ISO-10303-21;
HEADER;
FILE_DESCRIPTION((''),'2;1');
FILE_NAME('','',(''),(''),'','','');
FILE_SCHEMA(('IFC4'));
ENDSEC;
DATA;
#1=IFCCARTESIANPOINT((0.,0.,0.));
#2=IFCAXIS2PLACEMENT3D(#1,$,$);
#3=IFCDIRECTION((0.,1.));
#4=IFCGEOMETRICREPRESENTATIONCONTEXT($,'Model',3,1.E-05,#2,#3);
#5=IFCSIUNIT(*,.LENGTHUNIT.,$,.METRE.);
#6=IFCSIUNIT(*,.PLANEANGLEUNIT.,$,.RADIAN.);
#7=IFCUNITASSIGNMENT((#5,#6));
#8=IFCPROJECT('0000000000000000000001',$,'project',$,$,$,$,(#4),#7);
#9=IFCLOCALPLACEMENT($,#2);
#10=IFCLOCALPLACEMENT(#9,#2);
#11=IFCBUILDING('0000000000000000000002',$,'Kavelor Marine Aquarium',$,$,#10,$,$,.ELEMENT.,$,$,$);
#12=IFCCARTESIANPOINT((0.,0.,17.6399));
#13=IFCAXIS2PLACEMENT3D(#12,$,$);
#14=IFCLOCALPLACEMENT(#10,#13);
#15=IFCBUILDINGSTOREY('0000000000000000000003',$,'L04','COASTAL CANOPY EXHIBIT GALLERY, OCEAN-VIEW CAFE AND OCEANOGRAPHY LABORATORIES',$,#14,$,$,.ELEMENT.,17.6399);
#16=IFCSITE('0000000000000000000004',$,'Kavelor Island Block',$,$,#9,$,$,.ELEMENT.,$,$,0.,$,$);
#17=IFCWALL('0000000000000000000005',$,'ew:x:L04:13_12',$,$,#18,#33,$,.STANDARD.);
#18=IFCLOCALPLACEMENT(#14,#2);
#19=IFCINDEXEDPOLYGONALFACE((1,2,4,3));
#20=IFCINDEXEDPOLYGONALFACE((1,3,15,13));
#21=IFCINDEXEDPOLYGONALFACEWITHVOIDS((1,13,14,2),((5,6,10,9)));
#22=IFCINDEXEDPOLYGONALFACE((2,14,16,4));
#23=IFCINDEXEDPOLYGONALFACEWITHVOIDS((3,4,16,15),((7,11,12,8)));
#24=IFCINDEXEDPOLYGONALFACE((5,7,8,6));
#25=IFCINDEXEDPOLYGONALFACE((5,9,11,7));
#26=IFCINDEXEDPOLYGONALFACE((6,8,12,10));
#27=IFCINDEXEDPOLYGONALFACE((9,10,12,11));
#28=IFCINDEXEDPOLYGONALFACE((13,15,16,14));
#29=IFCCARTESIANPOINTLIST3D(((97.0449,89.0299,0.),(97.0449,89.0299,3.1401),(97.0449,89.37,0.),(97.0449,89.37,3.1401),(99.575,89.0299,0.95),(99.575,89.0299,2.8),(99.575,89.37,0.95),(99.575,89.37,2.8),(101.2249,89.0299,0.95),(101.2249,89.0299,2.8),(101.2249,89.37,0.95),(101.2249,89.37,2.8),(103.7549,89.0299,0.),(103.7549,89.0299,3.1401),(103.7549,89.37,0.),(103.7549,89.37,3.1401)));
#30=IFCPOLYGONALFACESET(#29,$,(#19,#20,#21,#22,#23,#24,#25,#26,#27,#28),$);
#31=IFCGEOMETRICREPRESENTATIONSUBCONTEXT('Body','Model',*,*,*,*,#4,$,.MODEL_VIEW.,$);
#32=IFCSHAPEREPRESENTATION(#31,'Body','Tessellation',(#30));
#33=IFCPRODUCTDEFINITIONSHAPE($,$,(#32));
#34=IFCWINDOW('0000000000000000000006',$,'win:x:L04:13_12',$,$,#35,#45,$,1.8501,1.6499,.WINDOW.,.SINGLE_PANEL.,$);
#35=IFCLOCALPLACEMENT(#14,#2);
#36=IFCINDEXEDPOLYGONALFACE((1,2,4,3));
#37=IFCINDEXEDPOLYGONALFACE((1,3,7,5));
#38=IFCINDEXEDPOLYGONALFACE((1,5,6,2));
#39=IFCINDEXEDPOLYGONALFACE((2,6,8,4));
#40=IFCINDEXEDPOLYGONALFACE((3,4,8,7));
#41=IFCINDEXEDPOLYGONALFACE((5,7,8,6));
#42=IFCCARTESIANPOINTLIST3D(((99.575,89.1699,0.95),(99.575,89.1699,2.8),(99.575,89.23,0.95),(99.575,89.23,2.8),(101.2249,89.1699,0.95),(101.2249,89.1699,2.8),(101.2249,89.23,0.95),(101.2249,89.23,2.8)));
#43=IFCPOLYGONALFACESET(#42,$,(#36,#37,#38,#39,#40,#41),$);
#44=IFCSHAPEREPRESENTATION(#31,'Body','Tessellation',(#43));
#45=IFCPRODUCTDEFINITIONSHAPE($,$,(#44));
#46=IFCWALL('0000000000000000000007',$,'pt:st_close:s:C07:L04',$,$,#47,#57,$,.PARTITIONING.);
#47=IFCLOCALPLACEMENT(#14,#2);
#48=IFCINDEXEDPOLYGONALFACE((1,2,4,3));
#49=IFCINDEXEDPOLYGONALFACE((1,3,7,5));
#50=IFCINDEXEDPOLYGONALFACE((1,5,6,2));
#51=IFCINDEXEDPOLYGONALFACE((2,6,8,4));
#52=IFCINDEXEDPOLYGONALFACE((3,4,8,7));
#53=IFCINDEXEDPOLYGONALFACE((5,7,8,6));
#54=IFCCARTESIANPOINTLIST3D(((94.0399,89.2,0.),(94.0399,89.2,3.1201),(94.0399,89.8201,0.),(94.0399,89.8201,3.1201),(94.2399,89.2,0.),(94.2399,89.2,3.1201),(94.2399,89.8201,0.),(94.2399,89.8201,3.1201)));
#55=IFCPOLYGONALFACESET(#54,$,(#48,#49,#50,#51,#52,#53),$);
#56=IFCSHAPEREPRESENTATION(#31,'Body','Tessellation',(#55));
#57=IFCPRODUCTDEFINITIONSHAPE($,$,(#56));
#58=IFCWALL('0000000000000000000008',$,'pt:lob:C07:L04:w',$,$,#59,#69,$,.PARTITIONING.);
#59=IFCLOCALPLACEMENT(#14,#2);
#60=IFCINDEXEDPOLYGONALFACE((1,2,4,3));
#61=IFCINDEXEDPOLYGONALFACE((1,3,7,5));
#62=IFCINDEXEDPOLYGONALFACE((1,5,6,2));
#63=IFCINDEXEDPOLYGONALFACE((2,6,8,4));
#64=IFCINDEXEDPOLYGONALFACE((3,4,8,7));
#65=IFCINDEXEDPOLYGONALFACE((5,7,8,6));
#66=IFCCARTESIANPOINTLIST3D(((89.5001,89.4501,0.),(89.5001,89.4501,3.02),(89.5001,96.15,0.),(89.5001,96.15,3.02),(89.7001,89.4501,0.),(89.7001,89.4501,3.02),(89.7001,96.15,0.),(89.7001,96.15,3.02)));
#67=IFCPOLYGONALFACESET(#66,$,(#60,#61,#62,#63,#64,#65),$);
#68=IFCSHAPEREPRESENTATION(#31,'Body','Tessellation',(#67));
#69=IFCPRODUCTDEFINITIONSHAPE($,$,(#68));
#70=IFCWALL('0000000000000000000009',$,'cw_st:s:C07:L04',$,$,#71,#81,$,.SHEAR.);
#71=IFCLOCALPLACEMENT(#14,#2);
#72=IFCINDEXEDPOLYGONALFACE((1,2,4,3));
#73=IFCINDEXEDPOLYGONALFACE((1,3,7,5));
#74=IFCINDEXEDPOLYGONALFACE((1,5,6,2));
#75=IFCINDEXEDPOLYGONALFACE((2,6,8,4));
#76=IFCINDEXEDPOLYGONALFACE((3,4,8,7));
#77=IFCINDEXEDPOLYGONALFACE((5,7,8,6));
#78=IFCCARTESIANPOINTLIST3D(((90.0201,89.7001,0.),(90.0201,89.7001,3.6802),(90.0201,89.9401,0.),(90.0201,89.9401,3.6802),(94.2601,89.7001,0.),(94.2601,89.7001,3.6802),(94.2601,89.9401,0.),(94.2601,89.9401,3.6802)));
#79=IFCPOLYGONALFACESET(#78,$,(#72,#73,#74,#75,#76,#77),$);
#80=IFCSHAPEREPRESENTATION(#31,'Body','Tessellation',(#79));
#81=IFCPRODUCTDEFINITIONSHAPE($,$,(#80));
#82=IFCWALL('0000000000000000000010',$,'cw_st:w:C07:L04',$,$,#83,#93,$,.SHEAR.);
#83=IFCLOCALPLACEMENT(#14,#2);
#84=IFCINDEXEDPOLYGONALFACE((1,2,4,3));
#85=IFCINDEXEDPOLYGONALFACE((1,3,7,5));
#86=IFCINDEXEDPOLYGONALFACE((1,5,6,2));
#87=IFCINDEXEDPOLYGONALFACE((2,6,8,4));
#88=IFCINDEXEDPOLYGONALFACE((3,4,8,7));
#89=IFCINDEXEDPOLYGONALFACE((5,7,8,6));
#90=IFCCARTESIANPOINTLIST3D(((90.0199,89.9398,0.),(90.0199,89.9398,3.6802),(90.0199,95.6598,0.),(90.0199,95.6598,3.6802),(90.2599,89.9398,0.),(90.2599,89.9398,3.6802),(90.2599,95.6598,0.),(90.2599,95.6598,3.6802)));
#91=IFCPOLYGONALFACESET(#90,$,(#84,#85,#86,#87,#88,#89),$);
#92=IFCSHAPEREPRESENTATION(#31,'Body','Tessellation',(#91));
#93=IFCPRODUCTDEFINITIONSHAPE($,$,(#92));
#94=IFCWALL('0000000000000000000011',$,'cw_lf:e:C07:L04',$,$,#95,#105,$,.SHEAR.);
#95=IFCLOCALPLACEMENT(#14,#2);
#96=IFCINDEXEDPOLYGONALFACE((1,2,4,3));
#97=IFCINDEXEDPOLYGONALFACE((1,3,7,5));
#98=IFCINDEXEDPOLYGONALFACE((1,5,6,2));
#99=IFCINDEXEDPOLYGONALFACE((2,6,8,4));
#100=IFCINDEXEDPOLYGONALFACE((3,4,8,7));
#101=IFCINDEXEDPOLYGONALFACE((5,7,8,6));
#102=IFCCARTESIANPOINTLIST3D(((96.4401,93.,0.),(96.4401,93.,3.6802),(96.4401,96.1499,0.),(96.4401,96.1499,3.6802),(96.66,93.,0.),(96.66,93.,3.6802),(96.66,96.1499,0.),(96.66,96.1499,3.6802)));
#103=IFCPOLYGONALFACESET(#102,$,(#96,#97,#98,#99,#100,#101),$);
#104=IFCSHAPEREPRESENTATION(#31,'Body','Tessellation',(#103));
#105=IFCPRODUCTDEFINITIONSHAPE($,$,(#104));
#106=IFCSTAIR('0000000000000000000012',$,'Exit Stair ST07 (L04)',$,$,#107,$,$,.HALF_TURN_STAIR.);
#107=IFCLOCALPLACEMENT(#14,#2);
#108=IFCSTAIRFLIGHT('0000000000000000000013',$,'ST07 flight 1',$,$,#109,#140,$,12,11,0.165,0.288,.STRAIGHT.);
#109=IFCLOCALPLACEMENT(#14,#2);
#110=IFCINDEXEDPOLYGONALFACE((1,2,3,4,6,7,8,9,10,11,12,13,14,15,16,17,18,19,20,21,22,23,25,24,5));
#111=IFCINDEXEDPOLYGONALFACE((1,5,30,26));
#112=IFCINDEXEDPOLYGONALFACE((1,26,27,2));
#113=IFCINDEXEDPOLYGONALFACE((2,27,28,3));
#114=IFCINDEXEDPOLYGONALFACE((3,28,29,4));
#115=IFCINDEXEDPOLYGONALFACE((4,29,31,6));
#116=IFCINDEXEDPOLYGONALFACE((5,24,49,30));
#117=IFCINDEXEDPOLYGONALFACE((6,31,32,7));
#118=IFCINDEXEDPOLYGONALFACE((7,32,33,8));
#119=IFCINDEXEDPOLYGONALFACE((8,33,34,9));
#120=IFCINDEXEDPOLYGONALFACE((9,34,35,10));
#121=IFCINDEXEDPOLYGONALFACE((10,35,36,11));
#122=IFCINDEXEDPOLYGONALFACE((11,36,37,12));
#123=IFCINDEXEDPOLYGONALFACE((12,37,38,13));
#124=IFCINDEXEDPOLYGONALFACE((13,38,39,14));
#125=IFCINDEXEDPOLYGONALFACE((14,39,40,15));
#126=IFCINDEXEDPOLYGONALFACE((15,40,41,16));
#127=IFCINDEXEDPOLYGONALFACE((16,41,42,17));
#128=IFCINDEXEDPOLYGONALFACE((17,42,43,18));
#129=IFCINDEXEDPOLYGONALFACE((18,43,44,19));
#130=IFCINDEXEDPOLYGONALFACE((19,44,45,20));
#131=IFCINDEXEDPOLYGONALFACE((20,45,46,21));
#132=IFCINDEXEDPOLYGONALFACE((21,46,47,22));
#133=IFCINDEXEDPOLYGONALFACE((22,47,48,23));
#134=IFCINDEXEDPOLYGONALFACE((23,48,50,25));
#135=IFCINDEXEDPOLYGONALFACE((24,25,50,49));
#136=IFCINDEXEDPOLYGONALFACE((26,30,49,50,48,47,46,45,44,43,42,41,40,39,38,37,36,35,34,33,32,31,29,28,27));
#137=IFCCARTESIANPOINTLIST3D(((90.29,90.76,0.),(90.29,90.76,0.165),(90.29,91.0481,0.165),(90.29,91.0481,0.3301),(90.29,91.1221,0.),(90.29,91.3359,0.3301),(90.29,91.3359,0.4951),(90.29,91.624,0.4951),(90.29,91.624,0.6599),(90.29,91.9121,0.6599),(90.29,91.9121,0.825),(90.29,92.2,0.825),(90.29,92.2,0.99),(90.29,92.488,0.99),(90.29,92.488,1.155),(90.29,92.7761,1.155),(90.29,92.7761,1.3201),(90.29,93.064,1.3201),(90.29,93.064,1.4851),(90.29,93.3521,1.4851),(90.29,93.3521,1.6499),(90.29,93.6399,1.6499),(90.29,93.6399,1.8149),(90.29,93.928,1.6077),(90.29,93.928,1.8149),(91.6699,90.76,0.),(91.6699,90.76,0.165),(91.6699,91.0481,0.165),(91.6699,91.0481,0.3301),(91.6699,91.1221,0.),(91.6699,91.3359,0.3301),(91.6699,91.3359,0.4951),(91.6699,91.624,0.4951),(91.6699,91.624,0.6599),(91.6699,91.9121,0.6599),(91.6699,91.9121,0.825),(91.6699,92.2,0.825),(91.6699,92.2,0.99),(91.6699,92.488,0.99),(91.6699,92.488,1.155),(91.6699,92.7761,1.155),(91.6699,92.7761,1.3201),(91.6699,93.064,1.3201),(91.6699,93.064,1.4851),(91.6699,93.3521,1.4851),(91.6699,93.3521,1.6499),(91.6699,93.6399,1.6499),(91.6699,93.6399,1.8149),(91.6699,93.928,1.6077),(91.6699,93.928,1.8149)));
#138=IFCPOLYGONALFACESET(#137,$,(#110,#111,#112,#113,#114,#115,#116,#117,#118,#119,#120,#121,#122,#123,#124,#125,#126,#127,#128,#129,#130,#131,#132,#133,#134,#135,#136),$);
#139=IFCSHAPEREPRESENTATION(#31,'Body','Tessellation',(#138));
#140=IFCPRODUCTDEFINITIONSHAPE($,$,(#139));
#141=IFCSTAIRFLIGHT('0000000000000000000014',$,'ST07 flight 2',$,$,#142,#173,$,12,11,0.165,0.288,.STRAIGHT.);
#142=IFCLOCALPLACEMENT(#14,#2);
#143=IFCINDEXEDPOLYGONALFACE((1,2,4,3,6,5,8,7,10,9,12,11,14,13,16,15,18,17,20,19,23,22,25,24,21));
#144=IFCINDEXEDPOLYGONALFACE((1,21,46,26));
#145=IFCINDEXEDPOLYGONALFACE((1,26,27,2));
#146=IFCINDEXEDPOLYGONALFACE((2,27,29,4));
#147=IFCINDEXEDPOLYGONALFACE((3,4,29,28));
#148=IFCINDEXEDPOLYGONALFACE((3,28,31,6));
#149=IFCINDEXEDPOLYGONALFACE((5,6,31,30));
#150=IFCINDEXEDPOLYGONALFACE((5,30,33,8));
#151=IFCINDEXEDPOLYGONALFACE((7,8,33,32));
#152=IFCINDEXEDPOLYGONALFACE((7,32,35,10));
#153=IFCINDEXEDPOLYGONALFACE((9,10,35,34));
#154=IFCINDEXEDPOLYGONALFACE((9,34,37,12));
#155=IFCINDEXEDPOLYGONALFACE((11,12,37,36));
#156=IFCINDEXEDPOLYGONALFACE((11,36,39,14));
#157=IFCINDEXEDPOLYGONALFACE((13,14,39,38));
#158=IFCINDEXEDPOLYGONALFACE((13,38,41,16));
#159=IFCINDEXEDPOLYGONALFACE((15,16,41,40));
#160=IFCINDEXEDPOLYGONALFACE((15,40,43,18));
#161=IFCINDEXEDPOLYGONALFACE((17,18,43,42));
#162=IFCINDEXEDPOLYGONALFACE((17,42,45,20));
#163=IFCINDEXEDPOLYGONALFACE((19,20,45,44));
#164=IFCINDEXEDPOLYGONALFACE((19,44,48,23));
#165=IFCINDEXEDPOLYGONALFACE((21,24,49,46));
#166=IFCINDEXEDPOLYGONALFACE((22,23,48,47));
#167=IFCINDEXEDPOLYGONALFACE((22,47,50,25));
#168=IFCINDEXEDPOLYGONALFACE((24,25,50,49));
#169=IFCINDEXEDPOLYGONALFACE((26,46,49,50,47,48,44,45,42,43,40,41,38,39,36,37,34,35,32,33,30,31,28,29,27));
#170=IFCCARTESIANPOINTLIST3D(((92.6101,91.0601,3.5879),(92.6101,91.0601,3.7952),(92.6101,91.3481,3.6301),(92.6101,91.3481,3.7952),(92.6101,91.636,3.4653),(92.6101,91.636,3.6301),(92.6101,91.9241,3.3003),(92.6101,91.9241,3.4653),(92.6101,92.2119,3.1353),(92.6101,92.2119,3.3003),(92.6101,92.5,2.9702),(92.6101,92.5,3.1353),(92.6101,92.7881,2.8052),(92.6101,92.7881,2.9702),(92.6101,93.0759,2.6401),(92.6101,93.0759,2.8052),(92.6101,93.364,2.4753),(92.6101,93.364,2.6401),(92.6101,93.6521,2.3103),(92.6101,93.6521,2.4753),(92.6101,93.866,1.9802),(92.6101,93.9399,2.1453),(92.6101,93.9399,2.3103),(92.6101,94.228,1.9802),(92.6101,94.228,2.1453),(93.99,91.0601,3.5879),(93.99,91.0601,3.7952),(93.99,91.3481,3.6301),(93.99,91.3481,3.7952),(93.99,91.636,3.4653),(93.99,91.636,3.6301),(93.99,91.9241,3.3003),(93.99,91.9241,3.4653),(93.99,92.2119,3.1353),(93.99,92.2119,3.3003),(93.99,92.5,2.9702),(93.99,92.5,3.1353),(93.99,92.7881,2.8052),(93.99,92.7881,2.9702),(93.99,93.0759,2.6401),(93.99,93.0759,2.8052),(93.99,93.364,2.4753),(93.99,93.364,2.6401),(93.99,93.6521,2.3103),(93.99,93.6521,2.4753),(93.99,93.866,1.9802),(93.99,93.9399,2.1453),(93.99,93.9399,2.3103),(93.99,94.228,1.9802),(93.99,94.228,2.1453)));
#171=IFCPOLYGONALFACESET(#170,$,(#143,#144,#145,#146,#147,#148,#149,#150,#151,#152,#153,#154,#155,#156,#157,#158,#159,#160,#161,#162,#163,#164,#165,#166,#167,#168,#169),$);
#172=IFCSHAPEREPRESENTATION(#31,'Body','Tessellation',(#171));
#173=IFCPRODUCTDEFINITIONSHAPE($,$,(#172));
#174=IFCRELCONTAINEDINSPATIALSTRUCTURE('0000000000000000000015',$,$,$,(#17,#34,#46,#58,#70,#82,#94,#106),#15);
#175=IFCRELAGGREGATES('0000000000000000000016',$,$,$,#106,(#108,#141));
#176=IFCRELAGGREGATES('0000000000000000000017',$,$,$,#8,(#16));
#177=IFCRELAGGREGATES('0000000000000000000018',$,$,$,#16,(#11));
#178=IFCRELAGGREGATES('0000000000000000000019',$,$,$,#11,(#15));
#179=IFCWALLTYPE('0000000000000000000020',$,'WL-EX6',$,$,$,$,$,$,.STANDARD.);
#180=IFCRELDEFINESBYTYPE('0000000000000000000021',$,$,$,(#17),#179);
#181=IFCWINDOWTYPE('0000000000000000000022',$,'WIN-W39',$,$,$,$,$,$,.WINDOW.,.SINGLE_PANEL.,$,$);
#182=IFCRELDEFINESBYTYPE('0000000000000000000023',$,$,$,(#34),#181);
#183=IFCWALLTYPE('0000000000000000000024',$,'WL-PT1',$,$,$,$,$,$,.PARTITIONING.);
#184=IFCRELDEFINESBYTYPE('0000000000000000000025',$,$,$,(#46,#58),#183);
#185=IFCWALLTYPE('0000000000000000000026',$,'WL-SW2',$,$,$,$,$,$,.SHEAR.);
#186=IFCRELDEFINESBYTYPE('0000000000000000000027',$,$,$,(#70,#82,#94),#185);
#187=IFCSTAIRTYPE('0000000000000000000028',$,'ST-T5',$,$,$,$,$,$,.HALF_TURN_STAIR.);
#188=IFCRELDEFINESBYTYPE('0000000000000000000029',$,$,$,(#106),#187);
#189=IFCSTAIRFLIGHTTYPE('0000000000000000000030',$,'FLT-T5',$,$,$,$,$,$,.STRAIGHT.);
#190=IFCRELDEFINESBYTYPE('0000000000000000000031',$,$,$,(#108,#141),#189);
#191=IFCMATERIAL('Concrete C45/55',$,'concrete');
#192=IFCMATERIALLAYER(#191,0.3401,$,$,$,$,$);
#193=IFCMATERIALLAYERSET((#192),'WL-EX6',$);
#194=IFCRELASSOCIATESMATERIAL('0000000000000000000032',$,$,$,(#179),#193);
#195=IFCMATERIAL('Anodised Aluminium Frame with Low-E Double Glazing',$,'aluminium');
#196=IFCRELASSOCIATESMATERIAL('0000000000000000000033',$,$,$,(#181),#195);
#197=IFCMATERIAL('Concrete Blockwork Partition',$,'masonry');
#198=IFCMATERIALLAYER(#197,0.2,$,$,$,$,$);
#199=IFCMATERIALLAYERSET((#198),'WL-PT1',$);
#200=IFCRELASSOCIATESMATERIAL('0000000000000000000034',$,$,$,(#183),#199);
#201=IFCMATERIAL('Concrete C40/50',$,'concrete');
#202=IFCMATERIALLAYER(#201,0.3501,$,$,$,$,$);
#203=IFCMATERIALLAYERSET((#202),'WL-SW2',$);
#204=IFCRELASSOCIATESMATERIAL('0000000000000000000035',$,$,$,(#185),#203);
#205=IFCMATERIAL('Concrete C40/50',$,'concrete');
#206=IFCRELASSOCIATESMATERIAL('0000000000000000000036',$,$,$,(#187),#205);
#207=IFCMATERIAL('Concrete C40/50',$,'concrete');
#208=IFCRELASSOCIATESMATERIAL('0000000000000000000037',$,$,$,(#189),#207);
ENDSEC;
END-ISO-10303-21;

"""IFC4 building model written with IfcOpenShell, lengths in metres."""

from ifc_helpers import new_model, si_unit, direction, frame, frame_2d, origin, place, context, subcontext, project, spatial, polyline, rectangle, outline, extrude, material, layer, layer_set, type_object, element, fill, aggregate, save


model = new_model("IFC4")

# Units and contexts
model_context = context("Model", 3, precision=1e-05, world=origin(), true_north=direction((0.0, 1.0)))
body_context = subcontext(model_context, "Body", "Model", "MODEL_VIEW")
ifc_project = project(units=[si_unit("LENGTHUNIT", "METRE"), si_unit("PLANEANGLEUNIT", "RADIAN")], contexts=[model_context])

# Site, building, storey
site_placement = place(None, origin())
site = spatial("IfcSite", under=ifc_project, at=site_placement, Name="Kavelor Island Block", CompositionType="ELEMENT", RefElevation=0.0)
building_placement = place(site_placement, origin())
building = spatial("IfcBuilding", under=site, at=building_placement, Name="Kavelor Marine Aquarium", CompositionType="ELEMENT")
storey_placement = place(building_placement, frame((0.0, 0.0, 17.6399)))
storey = spatial("IfcBuildingStorey", under=building, at=storey_placement, Name="L04", Description="COASTAL CANOPY EXHIBIT GALLERY, OCEAN-VIEW CAFE AND OCEANOGRAPHY LABORATORIES", CompositionType="ELEMENT", Elevation=17.6399)

# Wall, opening, window
ifc_material_1 = material(Name="Concrete C45/55", Category="concrete")
ifc_layer_1 = layer(ifc_material_1, 0.3401)
ifc_layer_set_1 = layer_set([ifc_layer_1], Name="WL-EX6")
wall_type_1 = type_object("IfcWallType", Name="WL-EX6", PredefinedType="STANDARD", material=ifc_layer_set_1)
wall_1_placement = place(storey_placement, frame((103.7549, 89.2, 0.0), z_axis=(0.0, 0.0, 1.0), x_axis=(-1.0, 0.0, 0.0)))
wall_1 = element("IfcWall", 1, at=wall_1_placement, inside=storey, type_object=wall_type_1, Name="ew:x:L04:13_12", PredefinedType="STANDARD", context=body_context, shape_type="SweptSolid", body=[
    extrude(rectangle(XDim=6.71, YDim=0.3401, at=frame_2d((3.355, 0.0))), origin(), (0.0, 0.0, 1.0), 3.1401),
])
opening_1_placement = place(wall_1_placement, frame((2.53, 0.0, 0.95)))
opening_1 = element("IfcOpeningElement", 2, at=opening_1_placement, cuts=wall_1, PredefinedType="OPENING", context=body_context, shape_type="SweptSolid", body=[
    extrude(rectangle(XDim=1.6499, YDim=1.8501, at=frame_2d((0.825, 0.925))), frame((0.0, 0.1799, 0.0), z_axis=(0.0, -1.0, 0.0), x_axis=(1.0, 0.0, 0.0)), (0.0, 0.0, 1.0), 0.3601),
])
ifc_material_2 = material(Name="Anodised Aluminium Frame with Low-E Double Glazing", Category="aluminium")
window_type_1 = type_object("IfcWindowType", Name="WIN-W39", PartitioningType="SINGLE_PANEL", PredefinedType="WINDOW", material=ifc_material_2)
window_1_placement = place(opening_1_placement, origin())
window_1 = element("IfcWindow", 3, at=window_1_placement, inside=storey, type_object=window_type_1, Name="win:x:L04:13_12", OverallHeight=1.8501, OverallWidth=1.6499, PartitioningType="SINGLE_PANEL", PredefinedType="WINDOW", context=body_context, shape_type="SweptSolid", body=[
    extrude(rectangle(XDim=1.6499, YDim=1.8501, at=frame_2d((0.825, 0.925))), frame((0.0, 0.03, 0.0), z_axis=(0.0, -1.0, 0.0), x_axis=(1.0, 0.0, 0.0)), (0.0, 0.0, 1.0), 0.0601),
])
fill(opening_1, window_1)

# Walls
ifc_material_3 = material(Name="Concrete Blockwork Partition", Category="masonry")
ifc_layer_2 = layer(ifc_material_3, 0.2)
ifc_layer_set_2 = layer_set([ifc_layer_2], Name="WL-PT1")
wall_type_2 = type_object("IfcWallType", Name="WL-PT1", PredefinedType="PARTITIONING", material=ifc_layer_set_2)
wall_2_placement = place(storey_placement, frame((94.1399, 89.2, 0.0), z_axis=(0.0, 0.0, 1.0), x_axis=(0.0, 1.0, 0.0)))
element("IfcWall", 4, at=wall_2_placement, inside=storey, type_object=wall_type_2, Name="pt:st_close:s:C07:L04", PredefinedType="PARTITIONING", context=body_context, shape_type="SweptSolid", body=[
    extrude(rectangle(XDim=0.6201, YDim=0.2, at=frame_2d((0.3101, 0.0))), origin(), (0.0, 0.0, 1.0), 3.1201),
])
wall_3_placement = place(storey_placement, frame((89.6001, 89.45, 0.0), z_axis=(0.0, 0.0, 1.0), x_axis=(0.0, 1.0, 0.0)))
element("IfcWall", 5, at=wall_3_placement, inside=storey, type_object=wall_type_2, Name="pt:lob:C07:L04:w", PredefinedType="PARTITIONING", context=body_context, shape_type="SweptSolid", body=[
    extrude(rectangle(XDim=6.7, YDim=0.2, at=frame_2d((3.3501, 0.0))), origin(), (0.0, 0.0, 1.0), 3.02),
])

# Walls
ifc_material_4 = material(Name="Concrete C40/50", Category="concrete")
ifc_layer_3 = layer(ifc_material_4, 0.3501)
ifc_layer_set_3 = layer_set([ifc_layer_3], Name="WL-SW2")
wall_type_3 = type_object("IfcWallType", Name="WL-SW2", PredefinedType="SHEAR", material=ifc_layer_set_3)
wall_4_placement = place(storey_placement, frame((90.02, 89.8201, 0.0), z_axis=(0.0, 0.0, 1.0), x_axis=(1.0, 0.0, 0.0)))
element("IfcWall", 6, at=wall_4_placement, inside=storey, type_object=wall_type_3, Name="cw_st:s:C07:L04", PredefinedType="SHEAR", context=body_context, shape_type="SweptSolid", body=[
    extrude(rectangle(XDim=4.24, YDim=0.24, at=frame_2d((2.1201, 0.0))), origin(), (0.0, 0.0, 1.0), 3.6802),
])
wall_5_placement = place(storey_placement, frame((90.1399, 89.9399, 0.0), z_axis=(0.0, 0.0, 1.0), x_axis=(0.0, 1.0, 0.0)))
element("IfcWall", 7, at=wall_5_placement, inside=storey, type_object=wall_type_3, Name="cw_st:w:C07:L04", PredefinedType="SHEAR", context=body_context, shape_type="SweptSolid", body=[
    extrude(rectangle(XDim=5.72, YDim=0.24, at=frame_2d((2.8599, 0.0))), origin(), (0.0, 0.0, 1.0), 3.6802),
])

# Wall
wall_6_placement = place(storey_placement, frame((96.55, 93.0, 0.0), z_axis=(0.0, 0.0, 1.0), x_axis=(0.0, 1.0, 0.0)))
element("IfcWall", 8, at=wall_6_placement, inside=storey, type_object=wall_type_3, Name="cw_lf:e:C07:L04", PredefinedType="SHEAR", context=body_context, shape_type="SweptSolid", body=[
    extrude(rectangle(XDim=3.1499, YDim=0.22, at=frame_2d((1.575, 0.0))), origin(), (0.0, 0.0, 1.0), 3.6802),
])

# Stair, stair flights
ifc_material_5 = material(Name="Concrete C40/50", Category="concrete")
stair_type = type_object("IfcStairType", Name="ST-T5", PredefinedType="HALF_TURN_STAIR", material=ifc_material_5)
stair_placement = place(storey_placement, origin())
stair = element("IfcStair", 9, at=stair_placement, inside=storey, type_object=stair_type, Name="Exit Stair ST07 (L04)", PredefinedType="HALF_TURN_STAIR")
ifc_material_6 = material(Name="Concrete C40/50", Category="concrete")
stair_flight_type = type_object("IfcStairFlightType", Name="FLT-T5", PredefinedType="STRAIGHT", material=ifc_material_6)
stair_flight_1_placement = place(storey_placement, frame((90.98, 90.76, 0.0), z_axis=(0.0, 0.0, 1.0), x_axis=(0.0, 1.0, 0.0)))
stair_flight_1 = element("IfcStairFlight", 10, at=stair_flight_1_placement, type_object=stair_flight_type, Name="ST07 flight 1", NumberOfRisers=12, NumberOfTreads=11, PredefinedType="STRAIGHT", RiserHeight=0.165, TreadLength=0.288, context=body_context, shape_type="SweptSolid", body=[
    extrude(outline(polyline([(0.0, 0.0), (0.0, 0.165), (0.2881, 0.165), (0.2881, 0.3301), (0.5759, 0.3301), (0.5759, 0.4951), (0.864, 0.4951), (0.864, 0.6599), (1.1521, 0.6599), (1.1521, 0.825), (1.4399, 0.825), (1.4399, 0.99), (1.728, 0.99), (1.728, 1.155), (2.0161, 1.155), (2.0161, 1.3201), (2.304, 1.3201), (2.304, 1.4851), (2.592, 1.4851), (2.592, 1.6499), (2.8799, 1.6499), (2.8799, 1.8149), (3.168, 1.8149), (3.168, 1.98), (3.168, 1.6077), (0.3621, 0.0), (0.0, 0.0)])), frame((0.0, 0.6899, 0.0), z_axis=(0.0, -1.0, 0.0), x_axis=(1.0, 0.0, 0.0)), (0.0, 0.0, 1.0), 1.3799),
])
stair_flight_2_placement = place(storey_placement, frame((93.3, 94.228, 1.9802), z_axis=(0.0, 0.0, 1.0), x_axis=(0.0, -1.0, 0.0)))
stair_flight_2 = element("IfcStairFlight", 11, at=stair_flight_2_placement, type_object=stair_flight_type, Name="ST07 flight 2", NumberOfRisers=12, NumberOfTreads=11, PredefinedType="STRAIGHT", RiserHeight=0.165, TreadLength=0.288, context=body_context, shape_type="SweptSolid", body=[
    extrude(outline(polyline([(0.0, 0.0), (0.0, 0.165), (0.2881, 0.165), (0.2881, 0.3301), (0.5759, 0.3301), (0.5759, 0.4951), (0.864, 0.4951), (0.864, 0.6599), (1.1521, 0.6599), (1.1521, 0.825), (1.4399, 0.825), (1.4399, 0.99), (1.728, 0.99), (1.728, 1.155), (2.0161, 1.155), (2.0161, 1.3201), (2.304, 1.3201), (2.304, 1.4851), (2.592, 1.4851), (2.592, 1.6499), (2.8799, 1.6499), (2.8799, 1.8149), (3.168, 1.8149), (3.168, 1.98), (3.168, 1.6077), (0.3621, 0.0), (0.0, 0.0)])), frame((0.0, 0.6899, 0.0), z_axis=(0.0, -1.0, 0.0), x_axis=(1.0, 0.0, 0.0)), (0.0, 0.0, 1.0), 1.3799),
])
aggregate(stair, [stair_flight_1, stair_flight_2])

save(model, "model.ifc")
